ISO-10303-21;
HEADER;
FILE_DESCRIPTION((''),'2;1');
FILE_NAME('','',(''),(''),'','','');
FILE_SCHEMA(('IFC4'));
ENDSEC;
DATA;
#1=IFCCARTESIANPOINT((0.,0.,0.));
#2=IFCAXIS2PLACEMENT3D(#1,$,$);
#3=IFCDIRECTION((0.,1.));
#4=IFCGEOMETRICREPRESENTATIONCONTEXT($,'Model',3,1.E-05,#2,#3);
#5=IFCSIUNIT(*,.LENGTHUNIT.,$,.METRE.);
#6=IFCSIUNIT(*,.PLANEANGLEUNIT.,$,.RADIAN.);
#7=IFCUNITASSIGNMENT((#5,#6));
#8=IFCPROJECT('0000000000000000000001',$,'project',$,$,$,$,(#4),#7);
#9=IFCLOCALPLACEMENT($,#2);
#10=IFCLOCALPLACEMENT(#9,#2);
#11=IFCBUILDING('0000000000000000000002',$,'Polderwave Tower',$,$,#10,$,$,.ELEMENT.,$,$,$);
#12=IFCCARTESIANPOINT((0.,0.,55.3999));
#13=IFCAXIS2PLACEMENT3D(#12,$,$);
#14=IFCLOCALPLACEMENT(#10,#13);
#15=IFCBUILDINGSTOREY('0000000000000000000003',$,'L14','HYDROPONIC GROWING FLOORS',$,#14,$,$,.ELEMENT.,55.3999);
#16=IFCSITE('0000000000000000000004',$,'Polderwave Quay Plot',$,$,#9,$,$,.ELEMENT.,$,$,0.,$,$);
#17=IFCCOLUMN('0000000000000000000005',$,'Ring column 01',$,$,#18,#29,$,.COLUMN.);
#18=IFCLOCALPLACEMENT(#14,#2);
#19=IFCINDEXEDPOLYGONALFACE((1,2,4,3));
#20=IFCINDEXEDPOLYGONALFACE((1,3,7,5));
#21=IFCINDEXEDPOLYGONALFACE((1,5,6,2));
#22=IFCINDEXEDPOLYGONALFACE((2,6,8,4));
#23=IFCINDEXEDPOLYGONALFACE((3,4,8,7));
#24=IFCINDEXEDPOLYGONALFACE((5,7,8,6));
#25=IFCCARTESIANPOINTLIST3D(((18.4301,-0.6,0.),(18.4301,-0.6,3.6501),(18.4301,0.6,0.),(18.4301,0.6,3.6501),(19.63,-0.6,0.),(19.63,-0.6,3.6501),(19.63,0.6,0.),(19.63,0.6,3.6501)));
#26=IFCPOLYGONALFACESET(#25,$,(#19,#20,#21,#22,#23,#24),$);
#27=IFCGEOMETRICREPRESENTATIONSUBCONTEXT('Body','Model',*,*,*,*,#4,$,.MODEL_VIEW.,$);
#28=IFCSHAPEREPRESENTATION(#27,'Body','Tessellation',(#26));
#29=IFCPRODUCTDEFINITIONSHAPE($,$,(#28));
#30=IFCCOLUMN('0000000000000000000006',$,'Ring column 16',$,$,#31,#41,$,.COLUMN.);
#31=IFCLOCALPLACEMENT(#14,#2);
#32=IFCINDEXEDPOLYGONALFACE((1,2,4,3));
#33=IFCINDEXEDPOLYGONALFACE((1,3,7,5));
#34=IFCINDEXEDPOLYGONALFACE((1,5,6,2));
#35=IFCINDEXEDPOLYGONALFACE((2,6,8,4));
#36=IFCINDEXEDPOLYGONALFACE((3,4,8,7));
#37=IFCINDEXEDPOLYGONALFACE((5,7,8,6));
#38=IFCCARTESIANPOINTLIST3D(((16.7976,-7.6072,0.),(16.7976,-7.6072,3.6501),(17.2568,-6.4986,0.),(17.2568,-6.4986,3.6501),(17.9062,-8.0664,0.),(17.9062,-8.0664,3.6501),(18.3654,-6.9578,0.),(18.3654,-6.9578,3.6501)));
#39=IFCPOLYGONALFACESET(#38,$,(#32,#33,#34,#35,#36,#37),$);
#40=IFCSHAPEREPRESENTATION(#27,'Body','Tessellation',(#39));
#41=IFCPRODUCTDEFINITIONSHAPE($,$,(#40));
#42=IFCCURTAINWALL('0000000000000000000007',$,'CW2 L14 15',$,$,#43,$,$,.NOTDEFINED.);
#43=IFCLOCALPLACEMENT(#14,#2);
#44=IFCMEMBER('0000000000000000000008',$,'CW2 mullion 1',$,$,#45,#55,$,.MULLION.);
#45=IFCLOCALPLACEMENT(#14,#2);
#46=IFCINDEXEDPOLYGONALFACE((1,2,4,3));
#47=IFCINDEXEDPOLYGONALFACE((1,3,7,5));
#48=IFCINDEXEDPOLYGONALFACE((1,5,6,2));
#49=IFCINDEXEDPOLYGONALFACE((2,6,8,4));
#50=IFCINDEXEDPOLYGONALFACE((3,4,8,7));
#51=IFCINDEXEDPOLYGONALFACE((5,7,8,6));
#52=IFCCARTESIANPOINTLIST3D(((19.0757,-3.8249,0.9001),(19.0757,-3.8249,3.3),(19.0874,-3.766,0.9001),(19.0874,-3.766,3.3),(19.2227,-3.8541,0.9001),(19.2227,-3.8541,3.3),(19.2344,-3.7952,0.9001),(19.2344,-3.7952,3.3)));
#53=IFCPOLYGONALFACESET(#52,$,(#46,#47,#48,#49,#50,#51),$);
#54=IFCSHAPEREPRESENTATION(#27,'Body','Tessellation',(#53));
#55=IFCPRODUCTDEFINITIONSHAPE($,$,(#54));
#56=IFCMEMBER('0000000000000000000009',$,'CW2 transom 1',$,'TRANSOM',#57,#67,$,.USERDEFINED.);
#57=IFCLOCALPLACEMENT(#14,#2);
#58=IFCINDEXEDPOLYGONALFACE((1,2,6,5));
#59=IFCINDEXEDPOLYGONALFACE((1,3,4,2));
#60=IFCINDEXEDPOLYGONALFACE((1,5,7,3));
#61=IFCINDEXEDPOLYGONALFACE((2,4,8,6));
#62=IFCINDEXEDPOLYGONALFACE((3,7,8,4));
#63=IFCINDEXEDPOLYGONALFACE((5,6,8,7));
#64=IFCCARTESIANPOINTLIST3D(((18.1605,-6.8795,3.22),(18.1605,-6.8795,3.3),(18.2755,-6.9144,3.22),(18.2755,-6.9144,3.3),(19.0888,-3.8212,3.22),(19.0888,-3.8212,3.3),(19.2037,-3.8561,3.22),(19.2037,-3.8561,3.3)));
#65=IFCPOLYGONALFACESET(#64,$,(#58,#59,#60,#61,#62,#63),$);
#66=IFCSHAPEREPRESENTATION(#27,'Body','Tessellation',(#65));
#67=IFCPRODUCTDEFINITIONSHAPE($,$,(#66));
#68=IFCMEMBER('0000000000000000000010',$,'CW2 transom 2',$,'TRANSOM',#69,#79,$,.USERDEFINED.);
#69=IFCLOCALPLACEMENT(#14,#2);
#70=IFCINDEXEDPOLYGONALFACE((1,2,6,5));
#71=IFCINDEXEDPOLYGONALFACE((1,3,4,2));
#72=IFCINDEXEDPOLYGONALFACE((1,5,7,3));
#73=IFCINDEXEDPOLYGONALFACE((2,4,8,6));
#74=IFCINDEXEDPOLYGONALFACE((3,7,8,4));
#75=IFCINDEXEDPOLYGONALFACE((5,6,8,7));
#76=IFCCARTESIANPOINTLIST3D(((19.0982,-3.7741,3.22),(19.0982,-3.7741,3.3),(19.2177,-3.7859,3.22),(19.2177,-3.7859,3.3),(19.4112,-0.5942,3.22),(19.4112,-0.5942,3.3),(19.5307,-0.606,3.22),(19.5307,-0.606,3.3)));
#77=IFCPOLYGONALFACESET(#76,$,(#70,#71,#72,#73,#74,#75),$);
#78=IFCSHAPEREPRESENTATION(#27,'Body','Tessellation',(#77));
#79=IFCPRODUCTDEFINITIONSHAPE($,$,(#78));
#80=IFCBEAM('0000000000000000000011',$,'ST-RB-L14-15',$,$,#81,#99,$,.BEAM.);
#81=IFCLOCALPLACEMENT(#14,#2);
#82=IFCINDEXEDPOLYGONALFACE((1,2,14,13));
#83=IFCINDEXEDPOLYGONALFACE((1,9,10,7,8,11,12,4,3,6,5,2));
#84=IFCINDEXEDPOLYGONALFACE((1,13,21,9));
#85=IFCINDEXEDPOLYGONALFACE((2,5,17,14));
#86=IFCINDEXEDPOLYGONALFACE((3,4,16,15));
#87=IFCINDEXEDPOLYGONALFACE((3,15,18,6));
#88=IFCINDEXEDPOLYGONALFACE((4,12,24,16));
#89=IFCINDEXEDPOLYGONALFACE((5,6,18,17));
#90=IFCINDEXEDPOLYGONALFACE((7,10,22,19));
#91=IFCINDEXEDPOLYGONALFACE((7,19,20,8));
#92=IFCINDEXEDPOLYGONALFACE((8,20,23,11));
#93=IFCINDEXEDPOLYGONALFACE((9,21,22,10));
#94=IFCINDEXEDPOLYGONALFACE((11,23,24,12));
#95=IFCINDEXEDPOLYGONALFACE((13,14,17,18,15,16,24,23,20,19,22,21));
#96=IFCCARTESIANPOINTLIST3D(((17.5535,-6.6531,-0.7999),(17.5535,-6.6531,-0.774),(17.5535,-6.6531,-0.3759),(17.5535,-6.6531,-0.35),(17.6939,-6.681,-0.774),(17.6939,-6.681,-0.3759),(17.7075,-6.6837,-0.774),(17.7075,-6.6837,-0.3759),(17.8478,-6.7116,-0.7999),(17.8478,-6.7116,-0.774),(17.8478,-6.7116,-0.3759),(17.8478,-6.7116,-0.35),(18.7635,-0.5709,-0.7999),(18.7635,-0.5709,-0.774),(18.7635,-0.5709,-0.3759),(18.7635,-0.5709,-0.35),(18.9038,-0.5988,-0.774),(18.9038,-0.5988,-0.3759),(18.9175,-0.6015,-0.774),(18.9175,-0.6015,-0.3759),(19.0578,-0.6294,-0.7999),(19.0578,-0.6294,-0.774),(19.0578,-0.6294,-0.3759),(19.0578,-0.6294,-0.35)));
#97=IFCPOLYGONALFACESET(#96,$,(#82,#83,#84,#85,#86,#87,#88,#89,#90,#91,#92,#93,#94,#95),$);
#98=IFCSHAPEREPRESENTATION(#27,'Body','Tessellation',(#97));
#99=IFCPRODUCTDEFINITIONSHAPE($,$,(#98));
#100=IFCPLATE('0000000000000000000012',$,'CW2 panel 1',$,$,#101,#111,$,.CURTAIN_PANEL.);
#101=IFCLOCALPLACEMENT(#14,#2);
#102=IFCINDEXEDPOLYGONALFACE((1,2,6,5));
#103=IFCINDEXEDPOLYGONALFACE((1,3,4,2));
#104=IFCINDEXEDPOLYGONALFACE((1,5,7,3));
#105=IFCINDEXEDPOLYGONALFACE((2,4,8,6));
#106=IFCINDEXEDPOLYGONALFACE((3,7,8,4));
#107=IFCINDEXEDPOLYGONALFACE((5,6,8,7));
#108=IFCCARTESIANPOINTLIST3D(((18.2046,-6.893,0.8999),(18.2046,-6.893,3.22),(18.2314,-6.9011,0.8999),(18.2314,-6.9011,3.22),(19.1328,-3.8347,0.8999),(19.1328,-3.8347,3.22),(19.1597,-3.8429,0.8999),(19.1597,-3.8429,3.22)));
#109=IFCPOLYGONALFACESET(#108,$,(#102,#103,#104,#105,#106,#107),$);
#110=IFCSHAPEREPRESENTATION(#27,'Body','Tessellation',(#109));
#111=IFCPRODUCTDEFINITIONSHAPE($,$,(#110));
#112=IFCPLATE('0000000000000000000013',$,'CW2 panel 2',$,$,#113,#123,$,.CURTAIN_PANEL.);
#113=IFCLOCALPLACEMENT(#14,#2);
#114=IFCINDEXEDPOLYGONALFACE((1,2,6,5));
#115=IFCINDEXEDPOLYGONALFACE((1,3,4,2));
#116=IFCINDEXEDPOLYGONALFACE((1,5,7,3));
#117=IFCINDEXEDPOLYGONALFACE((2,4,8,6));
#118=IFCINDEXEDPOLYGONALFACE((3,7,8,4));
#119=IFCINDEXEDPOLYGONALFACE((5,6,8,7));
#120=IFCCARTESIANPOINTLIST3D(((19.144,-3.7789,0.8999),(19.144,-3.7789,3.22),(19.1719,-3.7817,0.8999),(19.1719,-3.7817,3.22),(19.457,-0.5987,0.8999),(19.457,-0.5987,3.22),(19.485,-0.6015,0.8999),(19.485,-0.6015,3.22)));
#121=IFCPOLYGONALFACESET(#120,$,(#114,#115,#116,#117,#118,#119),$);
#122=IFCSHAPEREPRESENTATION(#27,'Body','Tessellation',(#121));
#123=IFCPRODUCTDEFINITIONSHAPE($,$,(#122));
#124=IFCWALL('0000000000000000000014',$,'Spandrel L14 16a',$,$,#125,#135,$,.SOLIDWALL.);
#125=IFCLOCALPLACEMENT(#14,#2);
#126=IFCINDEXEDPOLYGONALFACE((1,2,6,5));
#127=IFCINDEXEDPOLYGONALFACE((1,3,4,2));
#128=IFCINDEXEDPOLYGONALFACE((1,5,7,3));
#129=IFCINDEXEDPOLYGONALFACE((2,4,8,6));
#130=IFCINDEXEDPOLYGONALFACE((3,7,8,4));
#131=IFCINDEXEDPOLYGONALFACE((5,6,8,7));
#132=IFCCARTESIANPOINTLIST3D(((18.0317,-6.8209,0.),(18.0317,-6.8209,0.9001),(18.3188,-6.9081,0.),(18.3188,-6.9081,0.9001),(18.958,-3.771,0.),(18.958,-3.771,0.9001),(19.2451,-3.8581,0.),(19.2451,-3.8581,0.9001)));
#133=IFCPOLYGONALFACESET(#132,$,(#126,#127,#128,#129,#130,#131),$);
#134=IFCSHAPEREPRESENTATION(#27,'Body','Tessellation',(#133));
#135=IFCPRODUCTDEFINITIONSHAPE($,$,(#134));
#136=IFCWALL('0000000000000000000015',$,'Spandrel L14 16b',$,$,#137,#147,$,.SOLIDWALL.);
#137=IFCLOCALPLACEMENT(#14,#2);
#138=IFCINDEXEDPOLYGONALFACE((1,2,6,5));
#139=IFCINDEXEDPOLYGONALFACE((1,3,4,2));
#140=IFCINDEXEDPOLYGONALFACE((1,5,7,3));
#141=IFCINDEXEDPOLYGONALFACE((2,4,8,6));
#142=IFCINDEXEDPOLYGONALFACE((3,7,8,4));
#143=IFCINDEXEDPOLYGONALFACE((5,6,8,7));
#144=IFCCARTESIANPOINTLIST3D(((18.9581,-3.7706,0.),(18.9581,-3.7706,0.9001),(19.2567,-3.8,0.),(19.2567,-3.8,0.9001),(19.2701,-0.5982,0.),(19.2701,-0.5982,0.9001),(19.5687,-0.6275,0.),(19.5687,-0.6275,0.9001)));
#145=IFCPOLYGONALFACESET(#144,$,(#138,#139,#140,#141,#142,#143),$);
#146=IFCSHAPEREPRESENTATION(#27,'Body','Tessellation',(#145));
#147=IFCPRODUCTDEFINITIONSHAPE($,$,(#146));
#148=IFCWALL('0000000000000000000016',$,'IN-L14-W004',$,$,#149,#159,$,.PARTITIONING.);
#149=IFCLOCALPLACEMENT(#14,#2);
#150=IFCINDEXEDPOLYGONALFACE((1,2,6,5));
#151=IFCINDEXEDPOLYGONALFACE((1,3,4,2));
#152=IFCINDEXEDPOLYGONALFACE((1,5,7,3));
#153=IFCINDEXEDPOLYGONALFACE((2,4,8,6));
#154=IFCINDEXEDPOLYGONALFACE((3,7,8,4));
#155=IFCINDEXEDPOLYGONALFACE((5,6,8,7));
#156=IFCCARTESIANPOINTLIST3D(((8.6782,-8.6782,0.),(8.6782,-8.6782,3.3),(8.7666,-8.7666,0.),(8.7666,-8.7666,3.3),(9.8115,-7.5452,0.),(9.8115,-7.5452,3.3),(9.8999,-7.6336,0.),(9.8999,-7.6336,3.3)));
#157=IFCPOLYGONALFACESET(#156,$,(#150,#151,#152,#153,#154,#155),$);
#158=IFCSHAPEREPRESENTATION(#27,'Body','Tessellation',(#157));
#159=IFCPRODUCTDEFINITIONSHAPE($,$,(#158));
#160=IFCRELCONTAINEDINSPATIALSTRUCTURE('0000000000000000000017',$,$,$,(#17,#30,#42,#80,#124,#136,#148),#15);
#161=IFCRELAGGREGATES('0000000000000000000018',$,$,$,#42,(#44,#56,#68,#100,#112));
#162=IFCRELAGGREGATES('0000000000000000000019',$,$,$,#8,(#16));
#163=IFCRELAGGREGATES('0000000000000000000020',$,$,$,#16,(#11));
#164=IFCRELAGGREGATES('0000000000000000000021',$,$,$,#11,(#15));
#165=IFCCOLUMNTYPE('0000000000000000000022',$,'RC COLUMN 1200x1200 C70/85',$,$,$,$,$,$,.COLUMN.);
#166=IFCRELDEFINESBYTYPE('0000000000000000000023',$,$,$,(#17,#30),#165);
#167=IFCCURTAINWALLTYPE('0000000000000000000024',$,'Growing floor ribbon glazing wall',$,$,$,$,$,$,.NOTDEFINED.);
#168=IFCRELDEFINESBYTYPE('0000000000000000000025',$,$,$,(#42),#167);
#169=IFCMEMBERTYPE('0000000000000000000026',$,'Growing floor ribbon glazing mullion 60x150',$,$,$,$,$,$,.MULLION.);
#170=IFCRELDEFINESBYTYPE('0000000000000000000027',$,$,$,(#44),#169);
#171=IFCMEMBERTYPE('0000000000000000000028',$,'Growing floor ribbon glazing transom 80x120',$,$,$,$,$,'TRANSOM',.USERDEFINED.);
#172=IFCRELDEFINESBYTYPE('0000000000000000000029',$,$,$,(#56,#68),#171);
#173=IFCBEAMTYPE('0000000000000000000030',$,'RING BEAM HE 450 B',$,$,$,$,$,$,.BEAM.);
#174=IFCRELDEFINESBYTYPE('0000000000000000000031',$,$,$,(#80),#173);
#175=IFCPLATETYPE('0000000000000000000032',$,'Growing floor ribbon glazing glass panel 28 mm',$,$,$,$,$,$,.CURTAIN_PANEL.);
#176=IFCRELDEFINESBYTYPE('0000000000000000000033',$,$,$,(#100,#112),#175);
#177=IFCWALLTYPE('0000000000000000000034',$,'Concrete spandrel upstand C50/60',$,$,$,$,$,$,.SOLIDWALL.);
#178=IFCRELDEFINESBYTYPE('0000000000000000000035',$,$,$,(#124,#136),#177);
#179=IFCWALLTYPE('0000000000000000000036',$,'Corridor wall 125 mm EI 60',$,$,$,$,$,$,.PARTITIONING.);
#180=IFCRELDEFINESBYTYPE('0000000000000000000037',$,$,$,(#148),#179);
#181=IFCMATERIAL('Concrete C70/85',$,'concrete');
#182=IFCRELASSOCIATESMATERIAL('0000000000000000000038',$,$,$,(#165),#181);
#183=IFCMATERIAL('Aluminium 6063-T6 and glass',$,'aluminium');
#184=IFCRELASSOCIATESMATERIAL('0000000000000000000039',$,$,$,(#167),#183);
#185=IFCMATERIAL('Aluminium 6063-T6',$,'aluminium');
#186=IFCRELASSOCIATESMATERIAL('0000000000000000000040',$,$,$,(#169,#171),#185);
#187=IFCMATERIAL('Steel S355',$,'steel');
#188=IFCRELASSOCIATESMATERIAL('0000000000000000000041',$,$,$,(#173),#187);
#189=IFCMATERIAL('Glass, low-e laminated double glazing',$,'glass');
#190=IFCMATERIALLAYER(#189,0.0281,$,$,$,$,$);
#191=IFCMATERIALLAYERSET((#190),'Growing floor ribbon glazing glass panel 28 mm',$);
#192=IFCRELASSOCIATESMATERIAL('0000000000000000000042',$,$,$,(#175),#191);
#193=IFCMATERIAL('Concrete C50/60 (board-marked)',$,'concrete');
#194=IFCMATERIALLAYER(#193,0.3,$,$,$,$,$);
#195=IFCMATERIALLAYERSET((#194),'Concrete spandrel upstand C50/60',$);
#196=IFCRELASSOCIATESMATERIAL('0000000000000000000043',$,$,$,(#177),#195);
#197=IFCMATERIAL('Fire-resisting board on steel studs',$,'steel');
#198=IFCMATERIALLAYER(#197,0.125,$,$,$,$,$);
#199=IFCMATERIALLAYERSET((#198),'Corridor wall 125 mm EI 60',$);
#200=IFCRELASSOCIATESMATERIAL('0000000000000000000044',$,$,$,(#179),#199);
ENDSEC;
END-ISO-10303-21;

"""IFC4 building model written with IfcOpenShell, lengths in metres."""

from ifc_helpers import new_model, si_unit, direction, frame, frame_2d, origin, origin_2d, place, context, subcontext, project, spatial, rectangle, i_section, extrude, material, layer, layer_set, material_profile, profile_set, type_object, element, aggregate, save


model = new_model("IFC4")

# Units and contexts
model_context = context("Model", 3, precision=1e-05, world=origin(), true_north=direction((0.0, 1.0)))
body_context = subcontext(model_context, "Body", "Model", "MODEL_VIEW")
ifc_project = project(units=[si_unit("LENGTHUNIT", "METRE"), si_unit("PLANEANGLEUNIT", "RADIAN")], contexts=[model_context])

# Site, building, storey
site_placement = place(None, origin())
site = spatial("IfcSite", under=ifc_project, at=site_placement, Name="Polderwave Quay Plot", CompositionType="ELEMENT", RefElevation=0.0)
building_placement = place(site_placement, origin())
building = spatial("IfcBuilding", under=site, at=building_placement, Name="Polderwave Tower", CompositionType="ELEMENT")
storey_placement = place(building_placement, frame((0.0, 0.0, 55.3999)))
storey = spatial("IfcBuildingStorey", under=building, at=storey_placement, Name="L14", Description="HYDROPONIC GROWING FLOORS", CompositionType="ELEMENT", Elevation=55.3999)

# Columns
ifc_material_1 = material(Name="Concrete C70/85", Category="concrete")
ifc_material_profile_1 = material_profile(ifc_material_1, rectangle(XDim=1.2, YDim=1.2, at=origin_2d()), Name="RC 1200x1200")
ifc_profile_set_1 = profile_set([ifc_material_profile_1], Name="Concrete C70/85")
column_type = type_object("IfcColumnType", Name="RC COLUMN 1200x1200 C70/85", PredefinedType="COLUMN", material=ifc_profile_set_1)
for number, where, z_axis, x_axis, name in (
    (1, (19.03, 0.0, 0.0), (0.0, 0.0, 1.0), (1.0, 0.0, 0.0), "Ring column 01"),
    (2, (17.5815, -7.2825, 0.0), (0.0, 0.0, 1.0), (0.92388, -0.382683, 0.0), "Ring column 16"),
):
    element("IfcColumn", number, at=place(storey_placement, frame(where, z_axis=z_axis, x_axis=x_axis)), inside=storey, type_object=column_type, Name=name, PredefinedType="COLUMN", context=body_context, shape_type="SweptSolid", body=[
        extrude(rectangle(XDim=1.2, YDim=1.2, at=origin_2d()), origin(), (0.0, 0.0, 1.0), 3.6501),
    ])

# Curtain wall, members
ifc_material_2 = material(Name="Aluminium 6063-T6 and glass", Category="aluminium")
curtain_wall_type = type_object("IfcCurtainWallType", Name="Growing floor ribbon glazing wall", PredefinedType="NOTDEFINED", material=ifc_material_2)
curtain_wall_placement = place(storey_placement, origin())
curtain_wall = element("IfcCurtainWall", 3, at=curtain_wall_placement, inside=storey, type_object=curtain_wall_type, Name="CW2 L14 15", PredefinedType="NOTDEFINED")
ifc_material_3 = material(Name="Aluminium 6063-T6", Category="aluminium")
ifc_material_profile_2 = material_profile(ifc_material_3, rectangle(XDim=0.1499, YDim=0.0601, at=origin_2d()), Name="AL 60x150")
ifc_profile_set_2 = profile_set([ifc_material_profile_2], Name="Aluminium 6063-T6")
member_type_1 = type_object("IfcMemberType", Name="Growing floor ribbon glazing mullion 60x150", PredefinedType="MULLION", material=ifc_profile_set_2)
member_1_placement = place(storey_placement, frame((19.155, -3.8101, 0.9001), z_axis=(0.0, 0.0, 1.0), x_axis=(-0.980774, 0.195149, 0.0)))
member_1 = element("IfcMember", 4, at=member_1_placement, type_object=member_type_1, Name="CW2 mullion 1", PredefinedType="MULLION", context=body_context, shape_type="SweptSolid", body=[
    extrude(rectangle(XDim=0.1499, YDim=0.0601, at=origin_2d()), origin(), (0.0, 0.0, 1.0), 2.3999),
])
ifc_material_profile_3 = material_profile(ifc_material_3, rectangle(XDim=0.1201, YDim=0.0801, at=origin_2d()), Name="AL 80x120")
ifc_profile_set_3 = profile_set([ifc_material_profile_3], Name="Aluminium 6063-T6")
member_type_2 = type_object("IfcMemberType", Name="Growing floor ribbon glazing transom 80x120", ElementType="TRANSOM", PredefinedType="USERDEFINED", material=ifc_profile_set_3)
member_2_placement = place(storey_placement, frame((18.218, -6.897, 3.26), z_axis=(0.290423, 0.956898, 0.0), x_axis=(-0.956898, 0.290423, 0.0)))
member_2 = element("IfcMember", 5, at=member_2_placement, type_object=member_type_2, Name="CW2 transom 1", ObjectType="TRANSOM", PredefinedType="USERDEFINED", context=body_context, shape_type="SweptSolid", body=[
    extrude(rectangle(XDim=0.1201, YDim=0.0801, at=origin_2d()), origin(), (0.0, 0.0, 1.0), 3.196),
])
member_3_placement = place(storey_placement, frame((19.158, -3.78, 3.26), z_axis=(0.097953, 0.995191, 0.0), x_axis=(-0.995191, 0.097953, 0.0)))
member_3 = element("IfcMember", 6, at=member_3_placement, type_object=member_type_2, Name="CW2 transom 2", ObjectType="TRANSOM", PredefinedType="USERDEFINED", context=body_context, shape_type="SweptSolid", body=[
    extrude(rectangle(XDim=0.1201, YDim=0.0801, at=origin_2d()), origin(), (0.0, 0.0, 1.0), 3.1953),
])

# Beam
ifc_material_4 = material(Name="Steel S355", Category="steel")
ifc_material_profile_4 = material_profile(ifc_material_4, i_section(OverallWidth=0.3, OverallDepth=0.45, WebThickness=0.0139, FlangeThickness=0.0259, at=origin_2d()), Name="HE 450 B")
ifc_profile_set_4 = profile_set([ifc_material_profile_4], Name="Steel S355")
beam_type = type_object("IfcBeamType", Name="RING BEAM HE 450 B", PredefinedType="BEAM", material=ifc_profile_set_4)
beam_placement = place(storey_placement, frame((17.7007, -6.6824, -0.575), z_axis=(0.195109, 0.980782, 0.0), x_axis=(-0.980782, 0.195109, 0.0)))
element("IfcBeam", 7, at=beam_placement, inside=storey, type_object=beam_type, Name="ST-RB-L14-15", PredefinedType="BEAM", context=body_context, shape_type="SweptSolid", body=[
    extrude(i_section(OverallWidth=0.3, OverallDepth=0.45, WebThickness=0.0139, FlangeThickness=0.0259, at=origin_2d()), origin(), (0.0, 0.0, 1.0), 6.2014),
])

# Plates
ifc_material_5 = material(Name="Glass, low-e laminated double glazing", Category="glass")
ifc_layer_1 = layer(ifc_material_5, 0.0281)
ifc_layer_set_1 = layer_set([ifc_layer_1], Name="Growing floor ribbon glazing glass panel 28 mm")
plate_type = type_object("IfcPlateType", Name="Growing floor ribbon glazing glass panel 28 mm", PredefinedType="CURTAIN_PANEL", material=ifc_layer_set_1)
plate_1_placement = place(storey_placement, frame((18.6821, -5.3679, 0.8999), z_axis=(0.0, 0.0, 1.0), x_axis=(0.290447, 0.956891, 0.0)))
plate_1 = element("IfcPlate", 8, at=plate_1_placement, type_object=plate_type, Name="CW2 panel 1", PredefinedType="CURTAIN_PANEL", context=body_context, shape_type="SweptSolid", body=[
    extrude(rectangle(XDim=3.196, YDim=0.0281, at=origin_2d()), origin(), (0.0, 0.0, 1.0), 2.3201),
])
plate_2_placement = place(storey_placement, frame((19.3145, -2.1902, 0.8999), z_axis=(0.0, 0.0, 1.0), x_axis=(0.097969, 0.99519, 0.0)))
plate_2 = element("IfcPlate", 9, at=plate_2_placement, type_object=plate_type, Name="CW2 panel 2", PredefinedType="CURTAIN_PANEL", context=body_context, shape_type="SweptSolid", body=[
    extrude(rectangle(XDim=3.1956, YDim=0.0281, at=origin_2d()), origin(), (0.0, 0.0, 1.0), 2.3201),
])
aggregate(curtain_wall, [member_1, member_2, member_3, plate_1, plate_2])

# Walls
ifc_material_6 = material(Name="Concrete C50/60 (board-marked)", Category="concrete")
ifc_layer_2 = layer(ifc_material_6, 0.3)
ifc_layer_set_2 = layer_set([ifc_layer_2], Name="Concrete spandrel upstand C50/60")
wall_type_1 = type_object("IfcWallType", Name="Concrete spandrel upstand C50/60", PredefinedType="SOLIDWALL", material=ifc_layer_set_2)
wall_1_placement = place(storey_placement, frame((18.1753, -6.8645, 0.0), z_axis=(0.0, 0.0, 1.0), x_axis=(0.290586, 0.956849, 0.0)))
element("IfcWall", 10, at=wall_1_placement, inside=storey, type_object=wall_type_1, Name="Spandrel L14 16a", PredefinedType="SOLIDWALL", context=body_context, shape_type="SweptSolid", body=[
    extrude(rectangle(XDim=3.1875, YDim=0.3, at=frame_2d((1.5938, 0.0))), origin(), (0.0, 0.0, 1.0), 0.9001),
])
wall_2_placement = place(storey_placement, frame((19.1074, -3.7852, 0.0), z_axis=(0.0, 0.0, 1.0), x_axis=(0.097881, 0.995198, 0.0)))
element("IfcWall", 11, at=wall_2_placement, inside=storey, type_object=wall_type_1, Name="Spandrel L14 16b", PredefinedType="SOLIDWALL", context=body_context, shape_type="SweptSolid", body=[
    extrude(rectangle(XDim=3.1877, YDim=0.3, at=frame_2d((1.5938, 0.0))), origin(), (0.0, 0.0, 1.0), 0.9001),
])
ifc_material_7 = material(Name="Fire-resisting board on steel studs", Category="steel")
ifc_layer_3 = layer(ifc_material_7, 0.125)
ifc_layer_set_3 = layer_set([ifc_layer_3], Name="Corridor wall 125 mm EI 60")
wall_type_2 = type_object("IfcWallType", Name="Corridor wall 125 mm EI 60", PredefinedType="PARTITIONING", material=ifc_layer_set_3)
wall_3_placement = place(storey_placement, frame((9.8557, -7.5894, 0.0), z_axis=(0.0, 0.0, 1.0), x_axis=(-0.707183, -0.707031, 0.0)))
element("IfcWall", 12, at=wall_3_placement, inside=storey, type_object=wall_type_2, Name="IN-L14-W004", PredefinedType="PARTITIONING", context=body_context, shape_type="SweptSolid", body=[
    extrude(rectangle(XDim=1.6025, YDim=0.125, at=frame_2d((0.8013, 0.0))), origin(), (0.0, 0.0, 1.0), 3.3),
])

save(model, "model.ifc")
